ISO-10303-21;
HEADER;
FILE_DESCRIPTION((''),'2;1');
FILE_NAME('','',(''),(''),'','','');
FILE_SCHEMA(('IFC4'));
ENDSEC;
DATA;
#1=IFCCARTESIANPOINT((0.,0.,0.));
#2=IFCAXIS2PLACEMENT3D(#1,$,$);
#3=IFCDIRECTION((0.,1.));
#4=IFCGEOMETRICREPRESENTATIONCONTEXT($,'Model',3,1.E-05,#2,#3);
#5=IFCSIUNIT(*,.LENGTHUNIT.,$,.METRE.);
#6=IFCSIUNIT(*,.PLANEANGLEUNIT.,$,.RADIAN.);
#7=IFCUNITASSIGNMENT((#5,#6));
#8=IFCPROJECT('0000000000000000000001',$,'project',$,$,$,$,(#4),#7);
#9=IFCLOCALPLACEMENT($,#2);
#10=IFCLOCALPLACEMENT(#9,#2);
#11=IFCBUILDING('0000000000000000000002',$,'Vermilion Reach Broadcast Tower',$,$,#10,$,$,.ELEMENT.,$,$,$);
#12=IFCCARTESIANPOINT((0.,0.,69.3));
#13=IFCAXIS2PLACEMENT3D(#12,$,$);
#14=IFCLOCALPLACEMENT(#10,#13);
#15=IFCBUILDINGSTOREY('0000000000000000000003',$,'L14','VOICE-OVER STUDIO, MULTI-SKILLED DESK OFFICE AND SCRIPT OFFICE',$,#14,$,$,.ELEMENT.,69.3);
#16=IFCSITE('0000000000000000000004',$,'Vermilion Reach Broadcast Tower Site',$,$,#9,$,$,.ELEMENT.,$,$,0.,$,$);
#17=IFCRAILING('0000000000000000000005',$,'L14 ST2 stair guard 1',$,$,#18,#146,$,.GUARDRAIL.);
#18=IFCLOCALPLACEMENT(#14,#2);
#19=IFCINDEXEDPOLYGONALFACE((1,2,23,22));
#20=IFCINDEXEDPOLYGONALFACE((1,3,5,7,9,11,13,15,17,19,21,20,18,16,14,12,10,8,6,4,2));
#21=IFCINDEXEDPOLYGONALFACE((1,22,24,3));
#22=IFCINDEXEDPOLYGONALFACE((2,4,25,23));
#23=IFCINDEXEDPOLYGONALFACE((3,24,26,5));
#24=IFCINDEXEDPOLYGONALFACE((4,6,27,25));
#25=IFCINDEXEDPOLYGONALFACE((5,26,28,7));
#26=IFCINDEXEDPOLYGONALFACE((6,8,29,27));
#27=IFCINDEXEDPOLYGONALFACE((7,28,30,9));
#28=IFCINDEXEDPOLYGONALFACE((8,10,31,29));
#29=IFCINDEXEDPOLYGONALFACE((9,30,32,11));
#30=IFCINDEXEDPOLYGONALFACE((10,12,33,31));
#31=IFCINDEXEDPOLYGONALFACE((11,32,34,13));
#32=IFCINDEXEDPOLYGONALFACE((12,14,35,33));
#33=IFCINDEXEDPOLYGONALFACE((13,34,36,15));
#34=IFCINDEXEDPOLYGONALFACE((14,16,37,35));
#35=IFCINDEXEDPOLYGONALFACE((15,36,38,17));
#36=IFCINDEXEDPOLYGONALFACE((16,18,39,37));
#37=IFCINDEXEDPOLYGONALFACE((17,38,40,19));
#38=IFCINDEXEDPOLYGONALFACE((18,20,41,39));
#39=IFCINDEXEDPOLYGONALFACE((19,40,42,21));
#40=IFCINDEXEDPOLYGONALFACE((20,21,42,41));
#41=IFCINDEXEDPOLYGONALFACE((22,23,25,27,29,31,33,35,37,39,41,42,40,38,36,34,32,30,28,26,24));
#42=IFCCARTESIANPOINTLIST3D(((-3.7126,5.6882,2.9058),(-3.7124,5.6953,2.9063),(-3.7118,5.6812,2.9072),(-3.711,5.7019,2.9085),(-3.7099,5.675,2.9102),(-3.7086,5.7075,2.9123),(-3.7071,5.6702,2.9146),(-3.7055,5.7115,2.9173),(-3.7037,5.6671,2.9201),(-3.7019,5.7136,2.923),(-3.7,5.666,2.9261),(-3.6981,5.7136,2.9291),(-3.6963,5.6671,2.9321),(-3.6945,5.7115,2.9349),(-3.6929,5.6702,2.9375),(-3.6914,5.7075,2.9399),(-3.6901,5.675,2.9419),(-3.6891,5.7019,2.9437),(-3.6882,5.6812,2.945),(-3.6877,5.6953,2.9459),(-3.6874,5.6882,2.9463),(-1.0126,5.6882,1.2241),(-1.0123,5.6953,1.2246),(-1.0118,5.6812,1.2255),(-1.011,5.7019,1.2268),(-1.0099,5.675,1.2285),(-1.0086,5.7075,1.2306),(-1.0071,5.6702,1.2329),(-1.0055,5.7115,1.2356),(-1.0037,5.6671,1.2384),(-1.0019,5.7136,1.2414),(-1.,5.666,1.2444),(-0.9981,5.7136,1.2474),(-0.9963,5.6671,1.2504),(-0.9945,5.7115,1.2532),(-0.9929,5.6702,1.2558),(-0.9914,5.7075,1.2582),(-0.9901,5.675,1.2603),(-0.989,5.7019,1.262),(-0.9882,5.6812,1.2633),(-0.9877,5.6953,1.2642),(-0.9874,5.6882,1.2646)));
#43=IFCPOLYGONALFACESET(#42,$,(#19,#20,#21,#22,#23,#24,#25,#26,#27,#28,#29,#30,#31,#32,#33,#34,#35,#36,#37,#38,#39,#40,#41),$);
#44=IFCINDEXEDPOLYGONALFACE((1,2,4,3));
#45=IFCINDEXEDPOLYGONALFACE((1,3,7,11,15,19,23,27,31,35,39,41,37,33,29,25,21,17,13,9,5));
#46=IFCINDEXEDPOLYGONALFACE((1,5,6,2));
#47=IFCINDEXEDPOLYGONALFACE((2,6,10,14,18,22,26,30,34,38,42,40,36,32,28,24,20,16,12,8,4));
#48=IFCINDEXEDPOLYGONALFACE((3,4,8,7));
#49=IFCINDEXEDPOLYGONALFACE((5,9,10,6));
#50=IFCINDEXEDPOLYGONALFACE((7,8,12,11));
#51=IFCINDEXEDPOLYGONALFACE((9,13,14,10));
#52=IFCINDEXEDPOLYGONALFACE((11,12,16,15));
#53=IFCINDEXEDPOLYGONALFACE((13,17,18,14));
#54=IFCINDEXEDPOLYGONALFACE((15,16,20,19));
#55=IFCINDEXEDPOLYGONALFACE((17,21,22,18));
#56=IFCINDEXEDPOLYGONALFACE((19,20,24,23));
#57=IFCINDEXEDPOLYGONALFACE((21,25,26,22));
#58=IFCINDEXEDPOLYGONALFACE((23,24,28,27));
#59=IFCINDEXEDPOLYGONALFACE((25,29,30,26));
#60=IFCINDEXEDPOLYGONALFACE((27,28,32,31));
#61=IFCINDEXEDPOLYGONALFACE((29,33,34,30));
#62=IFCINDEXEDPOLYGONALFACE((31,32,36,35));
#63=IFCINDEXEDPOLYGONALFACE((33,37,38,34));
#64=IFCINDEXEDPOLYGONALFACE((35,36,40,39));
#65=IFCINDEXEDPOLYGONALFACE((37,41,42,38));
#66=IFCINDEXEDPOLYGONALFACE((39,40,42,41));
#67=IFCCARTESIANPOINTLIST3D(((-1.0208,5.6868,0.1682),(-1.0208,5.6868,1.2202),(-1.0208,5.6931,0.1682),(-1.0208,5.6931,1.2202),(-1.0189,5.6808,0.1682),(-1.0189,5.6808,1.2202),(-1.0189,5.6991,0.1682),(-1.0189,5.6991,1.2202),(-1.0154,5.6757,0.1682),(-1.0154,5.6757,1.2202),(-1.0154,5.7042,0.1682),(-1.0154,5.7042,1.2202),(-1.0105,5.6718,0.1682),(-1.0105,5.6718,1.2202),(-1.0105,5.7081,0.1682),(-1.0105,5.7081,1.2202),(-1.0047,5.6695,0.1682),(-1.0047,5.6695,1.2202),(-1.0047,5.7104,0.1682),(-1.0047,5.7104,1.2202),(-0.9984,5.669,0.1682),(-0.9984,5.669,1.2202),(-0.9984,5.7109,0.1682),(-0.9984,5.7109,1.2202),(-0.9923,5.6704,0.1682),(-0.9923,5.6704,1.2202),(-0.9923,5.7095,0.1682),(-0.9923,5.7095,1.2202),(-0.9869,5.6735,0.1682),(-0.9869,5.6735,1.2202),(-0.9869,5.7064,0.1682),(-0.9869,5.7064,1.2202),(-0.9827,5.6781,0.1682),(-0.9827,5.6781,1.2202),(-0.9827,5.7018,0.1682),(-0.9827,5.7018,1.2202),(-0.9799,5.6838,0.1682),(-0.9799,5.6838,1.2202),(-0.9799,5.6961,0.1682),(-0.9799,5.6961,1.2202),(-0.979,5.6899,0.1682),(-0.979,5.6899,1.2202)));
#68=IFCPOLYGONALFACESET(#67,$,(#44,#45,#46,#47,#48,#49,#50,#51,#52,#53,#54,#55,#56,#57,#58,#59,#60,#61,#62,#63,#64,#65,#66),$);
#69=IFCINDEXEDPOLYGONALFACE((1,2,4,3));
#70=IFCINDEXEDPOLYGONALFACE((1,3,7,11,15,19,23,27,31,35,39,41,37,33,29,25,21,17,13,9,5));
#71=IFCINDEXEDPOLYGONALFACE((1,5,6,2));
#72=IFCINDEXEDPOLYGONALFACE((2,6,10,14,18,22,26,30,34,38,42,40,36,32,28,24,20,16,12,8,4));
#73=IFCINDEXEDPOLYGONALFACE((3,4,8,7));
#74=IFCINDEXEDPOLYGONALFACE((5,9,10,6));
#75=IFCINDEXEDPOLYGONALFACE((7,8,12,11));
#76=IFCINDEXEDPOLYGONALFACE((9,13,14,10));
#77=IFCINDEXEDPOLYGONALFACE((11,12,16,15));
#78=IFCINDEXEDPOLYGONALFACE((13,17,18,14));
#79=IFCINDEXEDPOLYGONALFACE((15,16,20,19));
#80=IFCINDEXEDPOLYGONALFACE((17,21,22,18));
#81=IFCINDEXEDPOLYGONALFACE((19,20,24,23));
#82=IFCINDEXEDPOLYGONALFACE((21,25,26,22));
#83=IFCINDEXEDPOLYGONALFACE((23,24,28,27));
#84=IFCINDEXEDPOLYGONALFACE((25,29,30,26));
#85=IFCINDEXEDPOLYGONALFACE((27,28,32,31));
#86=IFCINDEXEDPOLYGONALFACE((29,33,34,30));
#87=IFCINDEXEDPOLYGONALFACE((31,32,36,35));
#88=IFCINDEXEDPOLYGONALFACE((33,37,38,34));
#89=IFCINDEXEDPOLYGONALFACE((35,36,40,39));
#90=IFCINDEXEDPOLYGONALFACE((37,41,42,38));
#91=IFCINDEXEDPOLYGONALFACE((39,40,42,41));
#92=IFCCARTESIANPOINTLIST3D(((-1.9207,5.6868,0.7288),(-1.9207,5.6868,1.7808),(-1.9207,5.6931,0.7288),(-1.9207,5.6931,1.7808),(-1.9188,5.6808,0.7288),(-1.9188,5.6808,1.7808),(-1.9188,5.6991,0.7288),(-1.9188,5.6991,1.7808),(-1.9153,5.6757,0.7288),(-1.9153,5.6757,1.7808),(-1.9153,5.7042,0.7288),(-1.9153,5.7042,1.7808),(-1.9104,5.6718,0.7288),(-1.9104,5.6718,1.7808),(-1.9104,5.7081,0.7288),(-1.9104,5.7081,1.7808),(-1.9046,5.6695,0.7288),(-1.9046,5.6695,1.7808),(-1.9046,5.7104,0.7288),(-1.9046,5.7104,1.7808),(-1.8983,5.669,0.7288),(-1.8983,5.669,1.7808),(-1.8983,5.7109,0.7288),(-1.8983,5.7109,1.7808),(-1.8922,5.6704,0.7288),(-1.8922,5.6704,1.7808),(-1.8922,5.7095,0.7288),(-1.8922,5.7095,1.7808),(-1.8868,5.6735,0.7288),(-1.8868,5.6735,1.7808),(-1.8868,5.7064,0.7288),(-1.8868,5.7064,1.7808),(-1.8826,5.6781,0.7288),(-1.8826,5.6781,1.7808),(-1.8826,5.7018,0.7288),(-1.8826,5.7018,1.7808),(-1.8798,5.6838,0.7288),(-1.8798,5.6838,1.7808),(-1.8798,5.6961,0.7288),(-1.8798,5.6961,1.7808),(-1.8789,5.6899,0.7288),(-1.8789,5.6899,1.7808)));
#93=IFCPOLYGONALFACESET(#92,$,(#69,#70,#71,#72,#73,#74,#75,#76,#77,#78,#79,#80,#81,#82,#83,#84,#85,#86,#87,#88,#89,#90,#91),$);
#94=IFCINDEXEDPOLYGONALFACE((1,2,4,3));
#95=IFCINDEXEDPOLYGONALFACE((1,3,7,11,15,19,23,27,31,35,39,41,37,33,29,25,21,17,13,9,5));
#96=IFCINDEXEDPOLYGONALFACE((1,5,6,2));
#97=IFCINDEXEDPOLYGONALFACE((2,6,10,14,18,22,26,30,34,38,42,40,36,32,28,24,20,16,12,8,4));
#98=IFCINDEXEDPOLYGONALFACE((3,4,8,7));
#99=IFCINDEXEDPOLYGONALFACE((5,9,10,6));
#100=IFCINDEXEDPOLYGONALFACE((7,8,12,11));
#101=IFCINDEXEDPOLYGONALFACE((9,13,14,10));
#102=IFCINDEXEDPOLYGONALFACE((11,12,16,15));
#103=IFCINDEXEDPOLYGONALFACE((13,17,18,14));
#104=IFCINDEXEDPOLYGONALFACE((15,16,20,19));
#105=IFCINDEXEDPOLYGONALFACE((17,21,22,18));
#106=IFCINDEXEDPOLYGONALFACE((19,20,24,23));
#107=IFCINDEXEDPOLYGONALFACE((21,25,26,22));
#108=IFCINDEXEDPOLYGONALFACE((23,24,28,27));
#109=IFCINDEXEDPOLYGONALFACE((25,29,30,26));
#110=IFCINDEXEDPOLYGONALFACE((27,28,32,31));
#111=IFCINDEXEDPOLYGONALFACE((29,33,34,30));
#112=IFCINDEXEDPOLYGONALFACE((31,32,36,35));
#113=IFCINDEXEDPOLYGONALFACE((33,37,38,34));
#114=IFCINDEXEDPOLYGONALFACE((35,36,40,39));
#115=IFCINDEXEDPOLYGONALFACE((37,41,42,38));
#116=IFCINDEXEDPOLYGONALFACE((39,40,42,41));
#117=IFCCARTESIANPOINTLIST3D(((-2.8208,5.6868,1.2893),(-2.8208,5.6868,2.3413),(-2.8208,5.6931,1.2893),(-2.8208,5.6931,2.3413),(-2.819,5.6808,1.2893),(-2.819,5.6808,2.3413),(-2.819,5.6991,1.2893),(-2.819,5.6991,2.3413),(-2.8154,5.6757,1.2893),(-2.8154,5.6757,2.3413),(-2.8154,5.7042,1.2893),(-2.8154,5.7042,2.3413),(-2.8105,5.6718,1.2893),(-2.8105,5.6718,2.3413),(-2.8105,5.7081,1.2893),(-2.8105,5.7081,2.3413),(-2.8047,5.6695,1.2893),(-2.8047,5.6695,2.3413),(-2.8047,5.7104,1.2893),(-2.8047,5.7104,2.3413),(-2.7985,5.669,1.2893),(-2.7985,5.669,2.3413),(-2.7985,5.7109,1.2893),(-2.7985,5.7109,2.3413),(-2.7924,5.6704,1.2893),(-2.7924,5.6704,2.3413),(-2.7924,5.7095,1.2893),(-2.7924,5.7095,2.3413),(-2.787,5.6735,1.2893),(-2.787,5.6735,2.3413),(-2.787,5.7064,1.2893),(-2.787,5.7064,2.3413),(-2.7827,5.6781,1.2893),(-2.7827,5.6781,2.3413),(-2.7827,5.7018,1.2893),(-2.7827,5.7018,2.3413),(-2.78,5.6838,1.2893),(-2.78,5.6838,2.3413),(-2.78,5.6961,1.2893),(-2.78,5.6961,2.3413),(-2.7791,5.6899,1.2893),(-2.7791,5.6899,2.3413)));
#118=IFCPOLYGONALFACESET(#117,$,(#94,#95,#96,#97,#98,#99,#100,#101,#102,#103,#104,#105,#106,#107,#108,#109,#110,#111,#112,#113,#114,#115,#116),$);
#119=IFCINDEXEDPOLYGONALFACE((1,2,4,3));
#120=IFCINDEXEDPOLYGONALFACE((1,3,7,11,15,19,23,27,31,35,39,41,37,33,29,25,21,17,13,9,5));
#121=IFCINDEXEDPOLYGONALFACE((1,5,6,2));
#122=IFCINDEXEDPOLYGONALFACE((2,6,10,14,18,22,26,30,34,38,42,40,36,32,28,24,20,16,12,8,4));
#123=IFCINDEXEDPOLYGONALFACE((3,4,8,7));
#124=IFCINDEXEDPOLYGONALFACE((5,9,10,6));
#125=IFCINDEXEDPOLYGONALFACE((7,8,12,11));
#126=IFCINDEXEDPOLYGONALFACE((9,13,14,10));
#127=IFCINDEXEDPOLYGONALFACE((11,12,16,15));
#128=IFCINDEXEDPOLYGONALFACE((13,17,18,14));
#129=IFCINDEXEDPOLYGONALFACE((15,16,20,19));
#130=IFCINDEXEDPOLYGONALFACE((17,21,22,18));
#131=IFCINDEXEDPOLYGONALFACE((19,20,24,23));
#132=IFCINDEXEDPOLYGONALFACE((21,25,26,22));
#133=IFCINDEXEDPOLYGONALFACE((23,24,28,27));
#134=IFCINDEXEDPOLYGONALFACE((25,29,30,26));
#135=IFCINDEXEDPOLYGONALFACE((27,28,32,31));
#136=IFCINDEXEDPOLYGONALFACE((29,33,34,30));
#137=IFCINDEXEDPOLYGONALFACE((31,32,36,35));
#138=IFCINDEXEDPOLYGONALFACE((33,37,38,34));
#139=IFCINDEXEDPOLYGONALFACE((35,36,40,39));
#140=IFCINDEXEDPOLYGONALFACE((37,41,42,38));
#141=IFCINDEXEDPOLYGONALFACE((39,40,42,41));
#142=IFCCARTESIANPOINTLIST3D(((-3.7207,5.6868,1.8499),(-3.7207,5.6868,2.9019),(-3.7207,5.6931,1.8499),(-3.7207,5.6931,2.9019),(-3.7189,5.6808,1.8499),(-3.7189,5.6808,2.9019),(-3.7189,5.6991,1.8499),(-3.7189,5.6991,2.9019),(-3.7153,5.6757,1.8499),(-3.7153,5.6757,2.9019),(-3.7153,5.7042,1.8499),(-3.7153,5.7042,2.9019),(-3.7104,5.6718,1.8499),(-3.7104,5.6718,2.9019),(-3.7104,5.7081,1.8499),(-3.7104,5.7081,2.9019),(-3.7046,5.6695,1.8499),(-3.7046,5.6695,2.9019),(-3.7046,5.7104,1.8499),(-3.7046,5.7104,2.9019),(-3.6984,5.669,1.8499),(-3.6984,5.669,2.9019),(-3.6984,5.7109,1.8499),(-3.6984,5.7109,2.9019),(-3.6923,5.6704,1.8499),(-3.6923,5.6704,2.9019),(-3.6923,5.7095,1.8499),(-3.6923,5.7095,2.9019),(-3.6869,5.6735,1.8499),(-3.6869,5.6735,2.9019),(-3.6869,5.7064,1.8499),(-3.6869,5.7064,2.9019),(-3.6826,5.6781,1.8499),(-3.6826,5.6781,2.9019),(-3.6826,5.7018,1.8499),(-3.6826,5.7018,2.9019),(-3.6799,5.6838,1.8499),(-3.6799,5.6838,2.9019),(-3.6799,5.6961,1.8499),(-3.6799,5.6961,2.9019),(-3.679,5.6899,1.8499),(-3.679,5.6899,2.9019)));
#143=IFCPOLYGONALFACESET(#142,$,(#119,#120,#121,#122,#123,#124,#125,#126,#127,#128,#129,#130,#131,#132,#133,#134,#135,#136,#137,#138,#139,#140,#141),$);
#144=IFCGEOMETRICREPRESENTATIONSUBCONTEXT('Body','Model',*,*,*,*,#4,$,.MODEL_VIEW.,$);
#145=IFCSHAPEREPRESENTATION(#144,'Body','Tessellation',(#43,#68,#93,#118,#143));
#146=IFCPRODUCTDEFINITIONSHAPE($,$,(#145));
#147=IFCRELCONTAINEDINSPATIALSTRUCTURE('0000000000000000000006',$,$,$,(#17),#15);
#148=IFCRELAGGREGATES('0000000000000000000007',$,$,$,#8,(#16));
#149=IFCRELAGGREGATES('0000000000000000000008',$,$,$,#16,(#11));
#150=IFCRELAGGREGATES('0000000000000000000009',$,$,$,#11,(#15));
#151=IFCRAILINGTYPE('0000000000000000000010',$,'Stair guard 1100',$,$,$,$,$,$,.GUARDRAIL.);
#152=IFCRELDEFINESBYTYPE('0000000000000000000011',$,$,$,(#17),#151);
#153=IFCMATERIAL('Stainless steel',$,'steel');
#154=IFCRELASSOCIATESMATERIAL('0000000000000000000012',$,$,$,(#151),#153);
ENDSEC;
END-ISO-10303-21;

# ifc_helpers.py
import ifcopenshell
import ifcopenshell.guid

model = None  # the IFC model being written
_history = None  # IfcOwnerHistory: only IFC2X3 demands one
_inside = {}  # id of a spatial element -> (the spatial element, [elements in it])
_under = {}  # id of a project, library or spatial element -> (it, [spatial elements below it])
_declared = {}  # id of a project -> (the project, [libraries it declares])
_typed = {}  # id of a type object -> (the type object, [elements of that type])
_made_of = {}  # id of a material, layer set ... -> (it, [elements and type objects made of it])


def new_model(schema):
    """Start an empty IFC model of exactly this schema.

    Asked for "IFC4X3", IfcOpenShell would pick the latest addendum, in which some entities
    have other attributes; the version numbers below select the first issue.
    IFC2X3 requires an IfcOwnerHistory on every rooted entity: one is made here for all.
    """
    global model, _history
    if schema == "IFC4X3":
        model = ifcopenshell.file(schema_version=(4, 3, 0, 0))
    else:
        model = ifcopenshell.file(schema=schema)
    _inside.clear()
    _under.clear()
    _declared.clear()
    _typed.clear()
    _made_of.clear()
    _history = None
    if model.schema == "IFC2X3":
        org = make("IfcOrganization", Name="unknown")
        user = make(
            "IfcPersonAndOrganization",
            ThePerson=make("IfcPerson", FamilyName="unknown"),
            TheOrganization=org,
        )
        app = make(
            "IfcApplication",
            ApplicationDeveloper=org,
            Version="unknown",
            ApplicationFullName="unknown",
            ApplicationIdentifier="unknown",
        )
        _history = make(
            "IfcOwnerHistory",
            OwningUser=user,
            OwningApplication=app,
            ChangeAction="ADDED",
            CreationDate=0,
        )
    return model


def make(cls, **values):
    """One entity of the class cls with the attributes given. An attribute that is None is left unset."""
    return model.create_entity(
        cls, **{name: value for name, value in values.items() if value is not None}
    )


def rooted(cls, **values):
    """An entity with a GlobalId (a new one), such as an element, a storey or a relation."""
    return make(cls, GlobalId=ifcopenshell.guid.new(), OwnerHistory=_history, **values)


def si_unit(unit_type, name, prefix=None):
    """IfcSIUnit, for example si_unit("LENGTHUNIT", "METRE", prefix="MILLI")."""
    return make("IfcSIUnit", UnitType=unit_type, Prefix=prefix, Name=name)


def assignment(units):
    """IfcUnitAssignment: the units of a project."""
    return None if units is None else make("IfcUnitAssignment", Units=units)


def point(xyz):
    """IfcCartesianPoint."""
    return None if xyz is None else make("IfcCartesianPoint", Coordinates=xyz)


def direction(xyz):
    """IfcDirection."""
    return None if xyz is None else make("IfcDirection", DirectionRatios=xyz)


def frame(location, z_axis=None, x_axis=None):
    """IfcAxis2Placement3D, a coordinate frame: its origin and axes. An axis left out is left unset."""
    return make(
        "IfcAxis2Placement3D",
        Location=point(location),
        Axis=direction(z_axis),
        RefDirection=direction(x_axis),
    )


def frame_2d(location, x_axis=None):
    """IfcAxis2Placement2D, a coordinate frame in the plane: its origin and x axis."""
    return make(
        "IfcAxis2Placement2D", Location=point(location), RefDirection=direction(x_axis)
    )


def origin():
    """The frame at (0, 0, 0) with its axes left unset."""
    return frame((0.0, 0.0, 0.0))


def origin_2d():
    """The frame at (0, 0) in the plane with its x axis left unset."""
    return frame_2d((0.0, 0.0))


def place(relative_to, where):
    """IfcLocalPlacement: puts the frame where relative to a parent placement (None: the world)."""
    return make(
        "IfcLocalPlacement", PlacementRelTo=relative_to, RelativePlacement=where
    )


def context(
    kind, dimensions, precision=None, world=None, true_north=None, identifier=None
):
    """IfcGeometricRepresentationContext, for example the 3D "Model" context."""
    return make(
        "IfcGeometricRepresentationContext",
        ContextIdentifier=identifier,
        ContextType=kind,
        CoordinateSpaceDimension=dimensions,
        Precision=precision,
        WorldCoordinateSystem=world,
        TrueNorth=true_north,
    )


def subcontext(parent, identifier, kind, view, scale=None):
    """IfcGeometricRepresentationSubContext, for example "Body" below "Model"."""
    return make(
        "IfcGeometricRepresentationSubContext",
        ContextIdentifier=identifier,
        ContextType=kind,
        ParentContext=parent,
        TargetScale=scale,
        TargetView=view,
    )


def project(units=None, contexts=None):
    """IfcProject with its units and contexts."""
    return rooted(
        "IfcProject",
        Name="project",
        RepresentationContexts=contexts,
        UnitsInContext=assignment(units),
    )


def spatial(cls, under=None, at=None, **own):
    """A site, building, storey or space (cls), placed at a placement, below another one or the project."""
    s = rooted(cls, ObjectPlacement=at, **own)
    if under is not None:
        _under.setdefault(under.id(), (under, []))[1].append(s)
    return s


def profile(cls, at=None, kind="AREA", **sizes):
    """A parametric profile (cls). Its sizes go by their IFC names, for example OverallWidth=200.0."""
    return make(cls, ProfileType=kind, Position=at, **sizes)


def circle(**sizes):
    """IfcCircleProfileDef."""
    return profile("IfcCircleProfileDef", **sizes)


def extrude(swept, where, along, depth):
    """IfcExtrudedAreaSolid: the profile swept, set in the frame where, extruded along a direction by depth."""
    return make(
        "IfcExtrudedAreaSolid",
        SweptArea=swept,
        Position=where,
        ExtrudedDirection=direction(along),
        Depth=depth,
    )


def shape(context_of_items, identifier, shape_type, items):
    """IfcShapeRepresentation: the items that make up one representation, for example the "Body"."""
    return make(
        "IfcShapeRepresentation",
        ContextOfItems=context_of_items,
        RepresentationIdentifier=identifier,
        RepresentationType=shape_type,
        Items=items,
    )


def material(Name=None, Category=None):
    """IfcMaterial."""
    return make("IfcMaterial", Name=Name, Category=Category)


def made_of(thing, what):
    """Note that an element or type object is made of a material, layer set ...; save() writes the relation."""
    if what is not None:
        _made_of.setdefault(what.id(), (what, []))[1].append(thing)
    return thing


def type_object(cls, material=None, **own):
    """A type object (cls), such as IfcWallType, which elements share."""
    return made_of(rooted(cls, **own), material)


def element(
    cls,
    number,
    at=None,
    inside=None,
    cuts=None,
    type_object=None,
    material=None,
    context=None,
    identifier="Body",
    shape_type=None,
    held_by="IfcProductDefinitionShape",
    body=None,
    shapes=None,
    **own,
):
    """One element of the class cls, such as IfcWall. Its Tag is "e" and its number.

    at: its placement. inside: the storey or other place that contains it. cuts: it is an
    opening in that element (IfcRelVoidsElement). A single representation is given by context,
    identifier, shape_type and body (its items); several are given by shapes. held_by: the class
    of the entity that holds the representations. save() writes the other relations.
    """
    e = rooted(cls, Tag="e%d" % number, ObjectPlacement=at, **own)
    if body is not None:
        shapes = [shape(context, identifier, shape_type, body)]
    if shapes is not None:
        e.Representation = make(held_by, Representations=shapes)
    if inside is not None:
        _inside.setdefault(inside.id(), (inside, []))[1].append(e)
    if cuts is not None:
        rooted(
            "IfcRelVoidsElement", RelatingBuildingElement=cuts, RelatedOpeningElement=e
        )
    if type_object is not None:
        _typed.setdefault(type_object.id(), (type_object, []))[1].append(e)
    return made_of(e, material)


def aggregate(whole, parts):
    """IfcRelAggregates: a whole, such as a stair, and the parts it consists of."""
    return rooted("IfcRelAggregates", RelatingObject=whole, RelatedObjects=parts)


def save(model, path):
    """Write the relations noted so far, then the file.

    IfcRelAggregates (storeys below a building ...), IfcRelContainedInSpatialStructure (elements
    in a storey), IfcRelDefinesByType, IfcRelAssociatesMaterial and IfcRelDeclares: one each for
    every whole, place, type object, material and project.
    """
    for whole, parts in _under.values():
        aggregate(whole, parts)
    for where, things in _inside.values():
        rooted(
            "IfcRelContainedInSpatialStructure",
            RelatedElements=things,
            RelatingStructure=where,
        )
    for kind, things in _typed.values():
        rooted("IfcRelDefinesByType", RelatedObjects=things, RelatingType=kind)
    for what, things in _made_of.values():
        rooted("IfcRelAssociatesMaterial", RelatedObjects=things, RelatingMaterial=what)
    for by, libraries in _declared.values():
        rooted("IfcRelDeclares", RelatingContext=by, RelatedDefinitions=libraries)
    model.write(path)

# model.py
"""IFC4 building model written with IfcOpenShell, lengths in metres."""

from ifc_helpers import new_model, si_unit, direction, frame, origin, origin_2d, place, context, subcontext, project, spatial, circle, extrude, material, type_object, element, save


model = new_model("IFC4")

# Units and contexts
model_context = context("Model", 3, precision=1e-05, world=origin(), true_north=direction((0.0, 1.0)))
body_context = subcontext(model_context, "Body", "Model", "MODEL_VIEW")
ifc_project = project(units=[si_unit("LENGTHUNIT", "METRE"), si_unit("PLANEANGLEUNIT", "RADIAN")], contexts=[model_context])

# Site, building, storey
site_placement = place(None, origin())
site = spatial("IfcSite", under=ifc_project, at=site_placement, Name="Vermilion Reach Broadcast Tower Site", CompositionType="ELEMENT", RefElevation=0.0)
building_placement = place(site_placement, origin())
building = spatial("IfcBuilding", under=site, at=building_placement, Name="Vermilion Reach Broadcast Tower", CompositionType="ELEMENT")
storey_placement = place(building_placement, frame((0.0, 0.0, 69.3)))
storey = spatial("IfcBuildingStorey", under=building, at=storey_placement, Name="L14", Description="VOICE-OVER STUDIO, MULTI-SKILLED DESK OFFICE AND SCRIPT OFFICE", CompositionType="ELEMENT", Elevation=69.3)

# Railing
ifc_material_1 = material(Name="Stainless steel", Category="steel")
railing_type_1 = type_object("IfcRailingType", Name="Stair guard 1100", PredefinedType="GUARDRAIL", material=ifc_material_1)
railing_1_placement = place(storey_placement, frame((-1.0, 5.6899, 0.1682)))
element("IfcRailing", 1, at=railing_1_placement, inside=storey, type_object=railing_type_1, Name="L14 ST2 stair guard 1", PredefinedType="GUARDRAIL", context=body_context, shape_type="SweptSolid", body=[
    extrude(circle(Radius=0.0239, at=origin_2d()), frame((0.0, 0.0, 1.0762), z_axis=(-0.848821, 0.0, 0.528681), x_axis=(0.0, -1.0, 0.0)), (0.0, 0.0, 1.0), 3.1809),
    extrude(circle(Radius=0.021, at=origin_2d()), origin(), (0.0, 0.0, 1.0), 1.052),
    extrude(circle(Radius=0.021, at=origin_2d()), frame((-0.8999, 0.0, 0.5605)), (0.0, 0.0, 1.0), 1.052),
    extrude(circle(Radius=0.021, at=origin_2d()), frame((-1.8, 0.0, 1.1211)), (0.0, 0.0, 1.0), 1.052),
    extrude(circle(Radius=0.021, at=origin_2d()), frame((-2.7, 0.0, 1.6816)), (0.0, 0.0, 1.0), 1.052),
])

save(model, "model.ifc")
